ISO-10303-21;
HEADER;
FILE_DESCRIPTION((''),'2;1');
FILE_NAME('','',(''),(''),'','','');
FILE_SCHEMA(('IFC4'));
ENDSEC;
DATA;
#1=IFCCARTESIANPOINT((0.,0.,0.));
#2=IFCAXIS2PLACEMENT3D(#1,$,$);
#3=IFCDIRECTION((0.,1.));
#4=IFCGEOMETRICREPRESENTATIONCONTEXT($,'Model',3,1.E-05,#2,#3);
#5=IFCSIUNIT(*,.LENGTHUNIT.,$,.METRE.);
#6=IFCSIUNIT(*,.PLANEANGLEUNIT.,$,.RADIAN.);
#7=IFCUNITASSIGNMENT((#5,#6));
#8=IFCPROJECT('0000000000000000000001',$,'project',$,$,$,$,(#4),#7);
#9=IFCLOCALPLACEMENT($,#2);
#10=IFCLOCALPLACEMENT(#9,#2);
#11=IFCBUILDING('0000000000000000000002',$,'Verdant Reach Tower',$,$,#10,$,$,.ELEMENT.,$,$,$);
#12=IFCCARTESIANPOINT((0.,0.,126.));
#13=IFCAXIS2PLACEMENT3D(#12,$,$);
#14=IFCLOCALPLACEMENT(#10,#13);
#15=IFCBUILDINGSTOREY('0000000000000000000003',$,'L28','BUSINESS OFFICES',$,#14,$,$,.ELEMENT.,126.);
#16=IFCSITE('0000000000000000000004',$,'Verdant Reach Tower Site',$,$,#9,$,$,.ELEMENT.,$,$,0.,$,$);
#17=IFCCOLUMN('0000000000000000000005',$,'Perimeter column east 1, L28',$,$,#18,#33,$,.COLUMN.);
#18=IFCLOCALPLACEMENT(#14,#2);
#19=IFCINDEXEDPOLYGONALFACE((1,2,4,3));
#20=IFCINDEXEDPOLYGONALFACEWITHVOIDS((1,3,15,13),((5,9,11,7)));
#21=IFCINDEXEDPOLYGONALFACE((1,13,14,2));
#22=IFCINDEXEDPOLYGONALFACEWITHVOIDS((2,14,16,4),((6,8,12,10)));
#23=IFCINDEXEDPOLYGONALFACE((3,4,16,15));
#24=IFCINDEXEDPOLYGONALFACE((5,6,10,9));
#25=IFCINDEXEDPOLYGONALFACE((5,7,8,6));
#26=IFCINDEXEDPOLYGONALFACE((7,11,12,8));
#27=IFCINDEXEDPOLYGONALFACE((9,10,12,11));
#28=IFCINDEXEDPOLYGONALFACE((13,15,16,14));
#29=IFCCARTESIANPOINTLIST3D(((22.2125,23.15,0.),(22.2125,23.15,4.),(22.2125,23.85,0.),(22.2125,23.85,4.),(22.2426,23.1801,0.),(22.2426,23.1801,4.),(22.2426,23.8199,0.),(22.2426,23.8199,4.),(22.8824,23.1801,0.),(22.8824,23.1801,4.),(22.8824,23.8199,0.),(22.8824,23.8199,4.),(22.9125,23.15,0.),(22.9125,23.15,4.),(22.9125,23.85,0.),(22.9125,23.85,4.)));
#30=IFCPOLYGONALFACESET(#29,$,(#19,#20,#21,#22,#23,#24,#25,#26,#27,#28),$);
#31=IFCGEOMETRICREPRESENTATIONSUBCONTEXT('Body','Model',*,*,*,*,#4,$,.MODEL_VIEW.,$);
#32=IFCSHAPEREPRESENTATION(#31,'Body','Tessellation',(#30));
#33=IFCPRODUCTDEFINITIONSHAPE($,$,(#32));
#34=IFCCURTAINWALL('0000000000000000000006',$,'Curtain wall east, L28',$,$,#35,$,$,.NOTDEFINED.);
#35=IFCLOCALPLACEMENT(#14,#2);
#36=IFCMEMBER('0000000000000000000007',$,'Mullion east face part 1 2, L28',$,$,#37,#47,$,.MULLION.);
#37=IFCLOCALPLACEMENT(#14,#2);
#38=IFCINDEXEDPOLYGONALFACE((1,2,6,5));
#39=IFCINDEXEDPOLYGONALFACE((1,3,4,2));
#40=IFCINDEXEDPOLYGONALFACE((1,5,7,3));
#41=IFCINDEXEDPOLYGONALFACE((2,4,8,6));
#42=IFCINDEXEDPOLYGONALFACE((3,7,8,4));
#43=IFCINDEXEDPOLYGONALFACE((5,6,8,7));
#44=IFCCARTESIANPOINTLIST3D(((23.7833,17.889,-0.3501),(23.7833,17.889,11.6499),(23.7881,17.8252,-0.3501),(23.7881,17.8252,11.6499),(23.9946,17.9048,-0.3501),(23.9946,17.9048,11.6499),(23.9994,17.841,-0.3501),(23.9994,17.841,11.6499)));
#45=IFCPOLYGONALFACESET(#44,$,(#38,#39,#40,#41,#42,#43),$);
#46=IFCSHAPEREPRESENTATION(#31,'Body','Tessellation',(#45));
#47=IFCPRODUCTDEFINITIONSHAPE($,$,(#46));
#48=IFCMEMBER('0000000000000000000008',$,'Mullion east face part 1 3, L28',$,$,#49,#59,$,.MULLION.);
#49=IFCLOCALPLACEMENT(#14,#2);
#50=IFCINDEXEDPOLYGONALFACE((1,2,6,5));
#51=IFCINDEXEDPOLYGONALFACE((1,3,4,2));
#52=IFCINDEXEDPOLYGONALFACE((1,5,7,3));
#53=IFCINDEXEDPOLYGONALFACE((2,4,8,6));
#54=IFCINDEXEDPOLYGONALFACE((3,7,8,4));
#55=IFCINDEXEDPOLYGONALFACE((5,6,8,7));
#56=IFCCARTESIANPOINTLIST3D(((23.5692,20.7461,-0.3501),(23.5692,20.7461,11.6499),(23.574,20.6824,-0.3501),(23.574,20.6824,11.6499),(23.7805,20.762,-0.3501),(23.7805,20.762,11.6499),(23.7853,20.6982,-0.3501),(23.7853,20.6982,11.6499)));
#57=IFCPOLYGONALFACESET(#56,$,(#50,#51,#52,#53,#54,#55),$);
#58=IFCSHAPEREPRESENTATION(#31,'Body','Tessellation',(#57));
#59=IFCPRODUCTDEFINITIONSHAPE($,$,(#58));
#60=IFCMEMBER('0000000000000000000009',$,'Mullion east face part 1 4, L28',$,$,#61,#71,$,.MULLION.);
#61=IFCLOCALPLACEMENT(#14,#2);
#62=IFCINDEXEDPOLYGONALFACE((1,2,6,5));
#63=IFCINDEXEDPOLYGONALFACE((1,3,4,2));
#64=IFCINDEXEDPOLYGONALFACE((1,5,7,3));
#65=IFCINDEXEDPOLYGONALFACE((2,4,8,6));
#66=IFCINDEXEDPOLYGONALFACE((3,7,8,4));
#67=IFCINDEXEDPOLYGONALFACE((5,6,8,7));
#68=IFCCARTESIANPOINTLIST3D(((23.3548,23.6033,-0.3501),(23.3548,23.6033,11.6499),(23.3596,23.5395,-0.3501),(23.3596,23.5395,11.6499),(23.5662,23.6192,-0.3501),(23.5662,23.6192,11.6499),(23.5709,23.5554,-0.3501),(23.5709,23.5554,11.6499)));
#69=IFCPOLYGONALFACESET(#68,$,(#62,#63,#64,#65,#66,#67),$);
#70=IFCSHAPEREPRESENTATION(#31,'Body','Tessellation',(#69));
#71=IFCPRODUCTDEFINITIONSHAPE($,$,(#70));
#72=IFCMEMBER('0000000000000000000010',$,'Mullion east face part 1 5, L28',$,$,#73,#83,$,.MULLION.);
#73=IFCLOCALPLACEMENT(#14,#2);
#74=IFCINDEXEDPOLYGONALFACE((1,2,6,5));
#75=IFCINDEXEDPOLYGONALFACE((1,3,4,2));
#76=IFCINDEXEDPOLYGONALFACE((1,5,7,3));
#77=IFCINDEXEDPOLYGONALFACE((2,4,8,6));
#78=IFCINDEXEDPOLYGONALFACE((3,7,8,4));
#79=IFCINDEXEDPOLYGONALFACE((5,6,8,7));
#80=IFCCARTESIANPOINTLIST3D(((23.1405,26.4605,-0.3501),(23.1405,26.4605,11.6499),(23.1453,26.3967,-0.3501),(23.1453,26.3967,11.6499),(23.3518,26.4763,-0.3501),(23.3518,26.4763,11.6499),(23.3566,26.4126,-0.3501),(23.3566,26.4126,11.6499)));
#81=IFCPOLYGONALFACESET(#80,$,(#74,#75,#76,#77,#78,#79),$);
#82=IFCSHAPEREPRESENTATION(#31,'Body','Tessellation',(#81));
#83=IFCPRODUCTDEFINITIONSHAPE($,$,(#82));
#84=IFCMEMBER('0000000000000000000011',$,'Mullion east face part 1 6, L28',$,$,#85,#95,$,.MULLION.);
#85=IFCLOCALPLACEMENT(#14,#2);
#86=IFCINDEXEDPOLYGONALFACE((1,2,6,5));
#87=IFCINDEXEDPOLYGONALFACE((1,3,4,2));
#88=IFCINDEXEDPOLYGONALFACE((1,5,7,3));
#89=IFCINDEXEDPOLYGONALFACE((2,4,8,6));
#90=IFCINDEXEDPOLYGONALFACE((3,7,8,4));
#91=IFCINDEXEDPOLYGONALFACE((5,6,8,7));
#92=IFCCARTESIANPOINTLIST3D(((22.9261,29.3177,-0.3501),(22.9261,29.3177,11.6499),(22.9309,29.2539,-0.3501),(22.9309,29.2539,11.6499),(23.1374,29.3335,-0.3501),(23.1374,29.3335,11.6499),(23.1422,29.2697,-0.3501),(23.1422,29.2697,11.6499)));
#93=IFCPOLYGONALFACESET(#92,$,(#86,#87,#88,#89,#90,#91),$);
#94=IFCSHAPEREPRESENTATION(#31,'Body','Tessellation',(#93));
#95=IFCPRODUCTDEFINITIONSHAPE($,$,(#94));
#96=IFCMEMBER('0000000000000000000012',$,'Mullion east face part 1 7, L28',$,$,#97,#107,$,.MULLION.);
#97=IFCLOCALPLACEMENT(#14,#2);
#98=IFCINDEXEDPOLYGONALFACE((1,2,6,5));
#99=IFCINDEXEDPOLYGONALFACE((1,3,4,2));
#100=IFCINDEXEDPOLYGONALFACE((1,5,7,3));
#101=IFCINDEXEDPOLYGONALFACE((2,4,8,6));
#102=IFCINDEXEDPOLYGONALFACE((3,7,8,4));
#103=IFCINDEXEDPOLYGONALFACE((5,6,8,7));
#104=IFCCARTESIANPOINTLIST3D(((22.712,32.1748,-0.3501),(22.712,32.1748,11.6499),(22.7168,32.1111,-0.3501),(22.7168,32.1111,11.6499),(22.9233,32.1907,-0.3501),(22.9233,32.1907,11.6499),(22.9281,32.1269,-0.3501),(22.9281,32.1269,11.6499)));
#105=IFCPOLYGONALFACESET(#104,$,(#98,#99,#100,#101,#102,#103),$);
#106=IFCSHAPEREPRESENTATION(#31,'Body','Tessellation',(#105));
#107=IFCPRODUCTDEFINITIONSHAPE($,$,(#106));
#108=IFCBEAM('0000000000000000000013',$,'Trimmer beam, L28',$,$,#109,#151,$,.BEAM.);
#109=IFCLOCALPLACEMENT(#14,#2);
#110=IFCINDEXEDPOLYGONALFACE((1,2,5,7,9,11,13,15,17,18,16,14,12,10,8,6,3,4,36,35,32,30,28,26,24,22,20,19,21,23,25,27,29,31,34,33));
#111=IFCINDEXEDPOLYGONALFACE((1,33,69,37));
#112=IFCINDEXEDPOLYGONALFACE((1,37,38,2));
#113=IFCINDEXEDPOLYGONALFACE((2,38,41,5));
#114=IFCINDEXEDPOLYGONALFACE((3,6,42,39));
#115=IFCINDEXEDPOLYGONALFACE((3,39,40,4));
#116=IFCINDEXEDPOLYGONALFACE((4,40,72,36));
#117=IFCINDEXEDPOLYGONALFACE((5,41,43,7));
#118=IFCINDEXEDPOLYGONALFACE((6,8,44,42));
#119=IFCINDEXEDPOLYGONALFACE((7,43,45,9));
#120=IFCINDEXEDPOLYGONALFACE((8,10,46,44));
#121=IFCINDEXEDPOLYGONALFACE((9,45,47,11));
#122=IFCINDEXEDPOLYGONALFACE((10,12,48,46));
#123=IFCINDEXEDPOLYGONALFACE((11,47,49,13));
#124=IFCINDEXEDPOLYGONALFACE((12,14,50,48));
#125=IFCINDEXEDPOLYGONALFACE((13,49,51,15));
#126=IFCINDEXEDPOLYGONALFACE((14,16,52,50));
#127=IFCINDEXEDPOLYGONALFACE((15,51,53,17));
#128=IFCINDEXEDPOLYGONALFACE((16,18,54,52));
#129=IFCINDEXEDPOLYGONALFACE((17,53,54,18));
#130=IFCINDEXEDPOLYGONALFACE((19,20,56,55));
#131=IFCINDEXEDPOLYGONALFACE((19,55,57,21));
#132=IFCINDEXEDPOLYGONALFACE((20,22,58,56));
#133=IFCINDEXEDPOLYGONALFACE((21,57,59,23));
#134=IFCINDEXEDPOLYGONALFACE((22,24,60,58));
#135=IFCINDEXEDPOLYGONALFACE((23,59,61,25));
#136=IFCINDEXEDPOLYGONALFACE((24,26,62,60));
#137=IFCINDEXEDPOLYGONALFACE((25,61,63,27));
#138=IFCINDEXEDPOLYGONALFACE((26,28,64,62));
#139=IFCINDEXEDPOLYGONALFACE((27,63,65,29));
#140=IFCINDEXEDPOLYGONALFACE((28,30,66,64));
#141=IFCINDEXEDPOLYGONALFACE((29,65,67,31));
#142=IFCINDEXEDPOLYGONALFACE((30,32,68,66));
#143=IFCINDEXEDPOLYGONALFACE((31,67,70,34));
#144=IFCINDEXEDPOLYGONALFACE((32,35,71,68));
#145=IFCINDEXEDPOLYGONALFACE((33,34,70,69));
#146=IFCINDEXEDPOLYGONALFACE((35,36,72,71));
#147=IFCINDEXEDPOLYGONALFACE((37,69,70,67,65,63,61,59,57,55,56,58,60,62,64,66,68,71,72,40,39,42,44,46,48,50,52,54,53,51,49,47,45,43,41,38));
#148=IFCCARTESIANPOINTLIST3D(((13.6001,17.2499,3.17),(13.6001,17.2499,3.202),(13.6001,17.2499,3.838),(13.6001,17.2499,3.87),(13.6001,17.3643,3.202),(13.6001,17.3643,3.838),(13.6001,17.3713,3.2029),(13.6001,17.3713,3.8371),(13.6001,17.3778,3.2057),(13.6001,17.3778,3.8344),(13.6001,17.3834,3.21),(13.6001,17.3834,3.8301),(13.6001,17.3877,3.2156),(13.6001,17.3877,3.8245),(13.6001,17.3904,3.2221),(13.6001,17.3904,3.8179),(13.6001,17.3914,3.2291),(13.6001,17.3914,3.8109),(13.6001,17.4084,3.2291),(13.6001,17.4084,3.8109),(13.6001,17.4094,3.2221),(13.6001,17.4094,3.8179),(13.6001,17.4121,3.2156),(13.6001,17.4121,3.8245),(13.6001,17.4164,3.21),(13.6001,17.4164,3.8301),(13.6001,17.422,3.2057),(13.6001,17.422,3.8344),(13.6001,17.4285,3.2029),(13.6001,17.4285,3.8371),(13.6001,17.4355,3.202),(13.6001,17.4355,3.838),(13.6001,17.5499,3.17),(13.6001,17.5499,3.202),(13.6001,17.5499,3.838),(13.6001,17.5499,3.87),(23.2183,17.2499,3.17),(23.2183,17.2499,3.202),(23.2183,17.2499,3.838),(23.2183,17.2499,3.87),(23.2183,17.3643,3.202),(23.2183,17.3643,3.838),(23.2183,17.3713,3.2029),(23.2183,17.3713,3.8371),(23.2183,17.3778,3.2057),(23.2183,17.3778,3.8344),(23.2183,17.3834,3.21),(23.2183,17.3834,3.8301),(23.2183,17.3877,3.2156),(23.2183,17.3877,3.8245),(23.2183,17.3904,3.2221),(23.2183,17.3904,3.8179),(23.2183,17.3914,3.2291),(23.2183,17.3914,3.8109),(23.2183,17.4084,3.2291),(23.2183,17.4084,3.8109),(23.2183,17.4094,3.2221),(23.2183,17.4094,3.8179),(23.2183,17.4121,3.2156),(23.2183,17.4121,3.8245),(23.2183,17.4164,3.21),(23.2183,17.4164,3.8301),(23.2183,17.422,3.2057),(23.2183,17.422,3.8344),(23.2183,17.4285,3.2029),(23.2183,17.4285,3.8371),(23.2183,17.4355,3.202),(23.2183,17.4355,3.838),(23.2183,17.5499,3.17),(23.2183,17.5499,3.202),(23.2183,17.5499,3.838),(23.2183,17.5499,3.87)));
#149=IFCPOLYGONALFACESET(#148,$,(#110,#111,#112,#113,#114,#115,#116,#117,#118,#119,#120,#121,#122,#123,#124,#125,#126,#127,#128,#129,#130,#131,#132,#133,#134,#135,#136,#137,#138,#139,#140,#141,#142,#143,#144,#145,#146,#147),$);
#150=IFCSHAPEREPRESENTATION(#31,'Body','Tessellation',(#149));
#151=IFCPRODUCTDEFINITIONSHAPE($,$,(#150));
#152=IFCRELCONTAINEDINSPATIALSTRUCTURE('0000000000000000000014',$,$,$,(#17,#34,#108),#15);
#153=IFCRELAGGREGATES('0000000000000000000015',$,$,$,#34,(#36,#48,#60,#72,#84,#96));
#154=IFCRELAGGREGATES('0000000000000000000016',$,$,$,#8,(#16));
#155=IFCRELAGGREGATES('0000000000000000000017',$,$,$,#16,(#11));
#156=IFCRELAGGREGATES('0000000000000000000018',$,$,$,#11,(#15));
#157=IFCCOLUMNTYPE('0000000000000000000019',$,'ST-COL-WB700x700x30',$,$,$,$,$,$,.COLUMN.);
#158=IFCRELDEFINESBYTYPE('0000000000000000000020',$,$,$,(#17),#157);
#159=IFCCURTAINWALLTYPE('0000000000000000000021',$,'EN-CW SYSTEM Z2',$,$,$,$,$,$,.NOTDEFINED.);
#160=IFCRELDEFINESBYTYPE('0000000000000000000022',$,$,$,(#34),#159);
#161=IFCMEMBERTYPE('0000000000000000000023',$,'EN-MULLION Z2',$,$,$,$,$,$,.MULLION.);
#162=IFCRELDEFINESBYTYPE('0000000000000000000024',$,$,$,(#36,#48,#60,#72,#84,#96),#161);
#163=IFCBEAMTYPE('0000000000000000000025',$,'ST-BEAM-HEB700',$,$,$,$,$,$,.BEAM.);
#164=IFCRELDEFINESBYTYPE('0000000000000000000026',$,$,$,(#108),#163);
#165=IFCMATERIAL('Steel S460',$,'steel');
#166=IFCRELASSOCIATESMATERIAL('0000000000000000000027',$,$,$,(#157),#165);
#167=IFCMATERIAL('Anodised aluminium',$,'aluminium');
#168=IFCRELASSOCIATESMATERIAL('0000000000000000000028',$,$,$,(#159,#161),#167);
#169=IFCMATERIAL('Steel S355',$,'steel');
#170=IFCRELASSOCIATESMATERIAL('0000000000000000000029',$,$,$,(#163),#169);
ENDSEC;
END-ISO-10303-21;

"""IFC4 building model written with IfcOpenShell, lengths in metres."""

from ifc_helpers import new_model, si_unit, direction, frame, origin, origin_2d, place, context, subcontext, project, spatial, rectangle, hollow_rectangle, i_section, extrude, material, material_profile, profile_set, type_object, element, aggregate, save


model = new_model("IFC4")

# Units and contexts
model_context = context("Model", 3, precision=1e-05, world=origin(), true_north=direction((0.0, 1.0)))
body_context = subcontext(model_context, "Body", "Model", "MODEL_VIEW")
ifc_project = project(units=[si_unit("LENGTHUNIT", "METRE"), si_unit("PLANEANGLEUNIT", "RADIAN")], contexts=[model_context])

# Site, building, storey
site_placement = place(None, origin())
site = spatial("IfcSite", under=ifc_project, at=site_placement, Name="Verdant Reach Tower Site", CompositionType="ELEMENT", RefElevation=0.0)
building_placement = place(site_placement, origin())
building = spatial("IfcBuilding", under=site, at=building_placement, Name="Verdant Reach Tower", CompositionType="ELEMENT")
storey_placement = place(building_placement, frame((0.0, 0.0, 126.0)))
storey = spatial("IfcBuildingStorey", under=building, at=storey_placement, Name="L28", Description="BUSINESS OFFICES", CompositionType="ELEMENT", Elevation=126.0)

# Column
ifc_material_1 = material(Name="Steel S460", Category="steel")
ifc_material_profile_1 = material_profile(ifc_material_1, hollow_rectangle(XDim=0.7, YDim=0.7, WallThickness=0.03, at=origin_2d()), Name="WB 700x700x30")
ifc_profile_set_1 = profile_set([ifc_material_profile_1], Name="Steel S460")
column_type = type_object("IfcColumnType", Name="ST-COL-WB700x700x30", PredefinedType="COLUMN", material=ifc_profile_set_1)
column_placement = place(storey_placement, frame((22.5625, 23.5, 0.0), z_axis=(0.0, 0.0, 1.0), x_axis=(1.0, 0.0, 0.0)))
element("IfcColumn", 1, at=column_placement, inside=storey, type_object=column_type, Name="Perimeter column east 1, L28", PredefinedType="COLUMN", context=body_context, shape_type="SweptSolid", body=[
    extrude(hollow_rectangle(XDim=0.7, YDim=0.7, WallThickness=0.03, at=origin_2d()), origin(), (0.0, 0.0, 1.0), 4.0),
])

# Curtain wall, members
ifc_material_2 = material(Name="Anodised aluminium", Category="aluminium")
curtain_wall_type = type_object("IfcCurtainWallType", Name="EN-CW SYSTEM Z2", PredefinedType="NOTDEFINED", material=ifc_material_2)
curtain_wall_placement = place(storey_placement, origin())
curtain_wall = element("IfcCurtainWall", 2, at=curtain_wall_placement, inside=storey, type_object=curtain_wall_type, Name="Curtain wall east, L28", PredefinedType="NOTDEFINED")
ifc_material_profile_2 = material_profile(ifc_material_2, rectangle(XDim=0.2119, YDim=0.064, at=origin_2d()), Name="Mullion 64x212")
ifc_profile_set_2 = profile_set([ifc_material_profile_2], Name="Anodised aluminium")
member_type = type_object("IfcMemberType", Name="EN-MULLION Z2", PredefinedType="MULLION", material=ifc_profile_set_2)
member_1_placement = place(storey_placement, frame((23.8914, 17.865, -0.3501), z_axis=(0.0, 0.0, 1.0), x_axis=(0.997199, 0.07479, 0.0)))
member_1 = element("IfcMember", 3, at=member_1_placement, type_object=member_type, Name="Mullion east face part 1 2, L28", PredefinedType="MULLION", context=body_context, shape_type="SweptSolid", body=[
    extrude(rectangle(XDim=0.2119, YDim=0.064, at=origin_2d()), origin(), (0.0, 0.0, 1.0), 12.0),
])
member_2_placement = place(storey_placement, frame((23.6772, 20.7222, -0.3501), z_axis=(0.0, 0.0, 1.0), x_axis=(0.997199, 0.07479, 0.0)))
member_2 = element("IfcMember", 4, at=member_2_placement, type_object=member_type, Name="Mullion east face part 1 3, L28", PredefinedType="MULLION", context=body_context, shape_type="SweptSolid", body=[
    extrude(rectangle(XDim=0.2119, YDim=0.064, at=origin_2d()), origin(), (0.0, 0.0, 1.0), 12.0),
])
member_3_placement = place(storey_placement, frame((23.4629, 23.5793, -0.3501), z_axis=(0.0, 0.0, 1.0), x_axis=(0.997199, 0.07479, 0.0)))
member_3 = element("IfcMember", 5, at=member_3_placement, type_object=member_type, Name="Mullion east face part 1 4, L28", PredefinedType="MULLION", context=body_context, shape_type="SweptSolid", body=[
    extrude(rectangle(XDim=0.2119, YDim=0.064, at=origin_2d()), origin(), (0.0, 0.0, 1.0), 12.0),
])
member_4_placement = place(storey_placement, frame((23.2485, 26.4365, -0.3501), z_axis=(0.0, 0.0, 1.0), x_axis=(0.997199, 0.07479, 0.0)))
member_4 = element("IfcMember", 6, at=member_4_placement, type_object=member_type, Name="Mullion east face part 1 5, L28", PredefinedType="MULLION", context=body_context, shape_type="SweptSolid", body=[
    extrude(rectangle(XDim=0.2119, YDim=0.064, at=origin_2d()), origin(), (0.0, 0.0, 1.0), 12.0),
])
member_5_placement = place(storey_placement, frame((23.0342, 29.2937, -0.3501), z_axis=(0.0, 0.0, 1.0), x_axis=(0.997199, 0.07479, 0.0)))
member_5 = element("IfcMember", 7, at=member_5_placement, type_object=member_type, Name="Mullion east face part 1 6, L28", PredefinedType="MULLION", context=body_context, shape_type="SweptSolid", body=[
    extrude(rectangle(XDim=0.2119, YDim=0.064, at=origin_2d()), origin(), (0.0, 0.0, 1.0), 12.0),
])
member_6_placement = place(storey_placement, frame((22.8201, 32.1509, -0.3501), z_axis=(0.0, 0.0, 1.0), x_axis=(0.997199, 0.07479, 0.0)))
member_6 = element("IfcMember", 8, at=member_6_placement, type_object=member_type, Name="Mullion east face part 1 7, L28", PredefinedType="MULLION", context=body_context, shape_type="SweptSolid", body=[
    extrude(rectangle(XDim=0.2119, YDim=0.064, at=origin_2d()), origin(), (0.0, 0.0, 1.0), 12.0),
])

# Beam
ifc_material_3 = material(Name="Steel S355", Category="steel")
ifc_material_profile_3 = material_profile(ifc_material_3, i_section(OverallWidth=0.3, OverallDepth=0.7, WebThickness=0.0171, FlangeThickness=0.032, FilletRadius=0.0271, at=origin_2d()), Name="HEB 700")
ifc_profile_set_3 = profile_set([ifc_material_profile_3], Name="Steel S355")
beam_type_1 = type_object("IfcBeamType", Name="ST-BEAM-HEB700", PredefinedType="BEAM", material=ifc_profile_set_3)
beam_1_placement = place(storey_placement, frame((13.6001, 17.3999, 3.52), z_axis=(1.0, 0.0, 0.0), x_axis=(0.0, 1.0, 0.0)))
element("IfcBeam", 9, at=beam_1_placement, inside=storey, type_object=beam_type_1, Name="Trimmer beam, L28", PredefinedType="BEAM", context=body_context, shape_type="SweptSolid", body=[
    extrude(i_section(OverallWidth=0.3, OverallDepth=0.7, WebThickness=0.0171, FlangeThickness=0.032, FilletRadius=0.0271, at=origin_2d()), origin(), (0.0, 0.0, 1.0), 9.6182),
])

aggregate(curtain_wall, [member_1, member_2, member_3, member_4, member_5, member_6])

save(model, "model.ifc")
